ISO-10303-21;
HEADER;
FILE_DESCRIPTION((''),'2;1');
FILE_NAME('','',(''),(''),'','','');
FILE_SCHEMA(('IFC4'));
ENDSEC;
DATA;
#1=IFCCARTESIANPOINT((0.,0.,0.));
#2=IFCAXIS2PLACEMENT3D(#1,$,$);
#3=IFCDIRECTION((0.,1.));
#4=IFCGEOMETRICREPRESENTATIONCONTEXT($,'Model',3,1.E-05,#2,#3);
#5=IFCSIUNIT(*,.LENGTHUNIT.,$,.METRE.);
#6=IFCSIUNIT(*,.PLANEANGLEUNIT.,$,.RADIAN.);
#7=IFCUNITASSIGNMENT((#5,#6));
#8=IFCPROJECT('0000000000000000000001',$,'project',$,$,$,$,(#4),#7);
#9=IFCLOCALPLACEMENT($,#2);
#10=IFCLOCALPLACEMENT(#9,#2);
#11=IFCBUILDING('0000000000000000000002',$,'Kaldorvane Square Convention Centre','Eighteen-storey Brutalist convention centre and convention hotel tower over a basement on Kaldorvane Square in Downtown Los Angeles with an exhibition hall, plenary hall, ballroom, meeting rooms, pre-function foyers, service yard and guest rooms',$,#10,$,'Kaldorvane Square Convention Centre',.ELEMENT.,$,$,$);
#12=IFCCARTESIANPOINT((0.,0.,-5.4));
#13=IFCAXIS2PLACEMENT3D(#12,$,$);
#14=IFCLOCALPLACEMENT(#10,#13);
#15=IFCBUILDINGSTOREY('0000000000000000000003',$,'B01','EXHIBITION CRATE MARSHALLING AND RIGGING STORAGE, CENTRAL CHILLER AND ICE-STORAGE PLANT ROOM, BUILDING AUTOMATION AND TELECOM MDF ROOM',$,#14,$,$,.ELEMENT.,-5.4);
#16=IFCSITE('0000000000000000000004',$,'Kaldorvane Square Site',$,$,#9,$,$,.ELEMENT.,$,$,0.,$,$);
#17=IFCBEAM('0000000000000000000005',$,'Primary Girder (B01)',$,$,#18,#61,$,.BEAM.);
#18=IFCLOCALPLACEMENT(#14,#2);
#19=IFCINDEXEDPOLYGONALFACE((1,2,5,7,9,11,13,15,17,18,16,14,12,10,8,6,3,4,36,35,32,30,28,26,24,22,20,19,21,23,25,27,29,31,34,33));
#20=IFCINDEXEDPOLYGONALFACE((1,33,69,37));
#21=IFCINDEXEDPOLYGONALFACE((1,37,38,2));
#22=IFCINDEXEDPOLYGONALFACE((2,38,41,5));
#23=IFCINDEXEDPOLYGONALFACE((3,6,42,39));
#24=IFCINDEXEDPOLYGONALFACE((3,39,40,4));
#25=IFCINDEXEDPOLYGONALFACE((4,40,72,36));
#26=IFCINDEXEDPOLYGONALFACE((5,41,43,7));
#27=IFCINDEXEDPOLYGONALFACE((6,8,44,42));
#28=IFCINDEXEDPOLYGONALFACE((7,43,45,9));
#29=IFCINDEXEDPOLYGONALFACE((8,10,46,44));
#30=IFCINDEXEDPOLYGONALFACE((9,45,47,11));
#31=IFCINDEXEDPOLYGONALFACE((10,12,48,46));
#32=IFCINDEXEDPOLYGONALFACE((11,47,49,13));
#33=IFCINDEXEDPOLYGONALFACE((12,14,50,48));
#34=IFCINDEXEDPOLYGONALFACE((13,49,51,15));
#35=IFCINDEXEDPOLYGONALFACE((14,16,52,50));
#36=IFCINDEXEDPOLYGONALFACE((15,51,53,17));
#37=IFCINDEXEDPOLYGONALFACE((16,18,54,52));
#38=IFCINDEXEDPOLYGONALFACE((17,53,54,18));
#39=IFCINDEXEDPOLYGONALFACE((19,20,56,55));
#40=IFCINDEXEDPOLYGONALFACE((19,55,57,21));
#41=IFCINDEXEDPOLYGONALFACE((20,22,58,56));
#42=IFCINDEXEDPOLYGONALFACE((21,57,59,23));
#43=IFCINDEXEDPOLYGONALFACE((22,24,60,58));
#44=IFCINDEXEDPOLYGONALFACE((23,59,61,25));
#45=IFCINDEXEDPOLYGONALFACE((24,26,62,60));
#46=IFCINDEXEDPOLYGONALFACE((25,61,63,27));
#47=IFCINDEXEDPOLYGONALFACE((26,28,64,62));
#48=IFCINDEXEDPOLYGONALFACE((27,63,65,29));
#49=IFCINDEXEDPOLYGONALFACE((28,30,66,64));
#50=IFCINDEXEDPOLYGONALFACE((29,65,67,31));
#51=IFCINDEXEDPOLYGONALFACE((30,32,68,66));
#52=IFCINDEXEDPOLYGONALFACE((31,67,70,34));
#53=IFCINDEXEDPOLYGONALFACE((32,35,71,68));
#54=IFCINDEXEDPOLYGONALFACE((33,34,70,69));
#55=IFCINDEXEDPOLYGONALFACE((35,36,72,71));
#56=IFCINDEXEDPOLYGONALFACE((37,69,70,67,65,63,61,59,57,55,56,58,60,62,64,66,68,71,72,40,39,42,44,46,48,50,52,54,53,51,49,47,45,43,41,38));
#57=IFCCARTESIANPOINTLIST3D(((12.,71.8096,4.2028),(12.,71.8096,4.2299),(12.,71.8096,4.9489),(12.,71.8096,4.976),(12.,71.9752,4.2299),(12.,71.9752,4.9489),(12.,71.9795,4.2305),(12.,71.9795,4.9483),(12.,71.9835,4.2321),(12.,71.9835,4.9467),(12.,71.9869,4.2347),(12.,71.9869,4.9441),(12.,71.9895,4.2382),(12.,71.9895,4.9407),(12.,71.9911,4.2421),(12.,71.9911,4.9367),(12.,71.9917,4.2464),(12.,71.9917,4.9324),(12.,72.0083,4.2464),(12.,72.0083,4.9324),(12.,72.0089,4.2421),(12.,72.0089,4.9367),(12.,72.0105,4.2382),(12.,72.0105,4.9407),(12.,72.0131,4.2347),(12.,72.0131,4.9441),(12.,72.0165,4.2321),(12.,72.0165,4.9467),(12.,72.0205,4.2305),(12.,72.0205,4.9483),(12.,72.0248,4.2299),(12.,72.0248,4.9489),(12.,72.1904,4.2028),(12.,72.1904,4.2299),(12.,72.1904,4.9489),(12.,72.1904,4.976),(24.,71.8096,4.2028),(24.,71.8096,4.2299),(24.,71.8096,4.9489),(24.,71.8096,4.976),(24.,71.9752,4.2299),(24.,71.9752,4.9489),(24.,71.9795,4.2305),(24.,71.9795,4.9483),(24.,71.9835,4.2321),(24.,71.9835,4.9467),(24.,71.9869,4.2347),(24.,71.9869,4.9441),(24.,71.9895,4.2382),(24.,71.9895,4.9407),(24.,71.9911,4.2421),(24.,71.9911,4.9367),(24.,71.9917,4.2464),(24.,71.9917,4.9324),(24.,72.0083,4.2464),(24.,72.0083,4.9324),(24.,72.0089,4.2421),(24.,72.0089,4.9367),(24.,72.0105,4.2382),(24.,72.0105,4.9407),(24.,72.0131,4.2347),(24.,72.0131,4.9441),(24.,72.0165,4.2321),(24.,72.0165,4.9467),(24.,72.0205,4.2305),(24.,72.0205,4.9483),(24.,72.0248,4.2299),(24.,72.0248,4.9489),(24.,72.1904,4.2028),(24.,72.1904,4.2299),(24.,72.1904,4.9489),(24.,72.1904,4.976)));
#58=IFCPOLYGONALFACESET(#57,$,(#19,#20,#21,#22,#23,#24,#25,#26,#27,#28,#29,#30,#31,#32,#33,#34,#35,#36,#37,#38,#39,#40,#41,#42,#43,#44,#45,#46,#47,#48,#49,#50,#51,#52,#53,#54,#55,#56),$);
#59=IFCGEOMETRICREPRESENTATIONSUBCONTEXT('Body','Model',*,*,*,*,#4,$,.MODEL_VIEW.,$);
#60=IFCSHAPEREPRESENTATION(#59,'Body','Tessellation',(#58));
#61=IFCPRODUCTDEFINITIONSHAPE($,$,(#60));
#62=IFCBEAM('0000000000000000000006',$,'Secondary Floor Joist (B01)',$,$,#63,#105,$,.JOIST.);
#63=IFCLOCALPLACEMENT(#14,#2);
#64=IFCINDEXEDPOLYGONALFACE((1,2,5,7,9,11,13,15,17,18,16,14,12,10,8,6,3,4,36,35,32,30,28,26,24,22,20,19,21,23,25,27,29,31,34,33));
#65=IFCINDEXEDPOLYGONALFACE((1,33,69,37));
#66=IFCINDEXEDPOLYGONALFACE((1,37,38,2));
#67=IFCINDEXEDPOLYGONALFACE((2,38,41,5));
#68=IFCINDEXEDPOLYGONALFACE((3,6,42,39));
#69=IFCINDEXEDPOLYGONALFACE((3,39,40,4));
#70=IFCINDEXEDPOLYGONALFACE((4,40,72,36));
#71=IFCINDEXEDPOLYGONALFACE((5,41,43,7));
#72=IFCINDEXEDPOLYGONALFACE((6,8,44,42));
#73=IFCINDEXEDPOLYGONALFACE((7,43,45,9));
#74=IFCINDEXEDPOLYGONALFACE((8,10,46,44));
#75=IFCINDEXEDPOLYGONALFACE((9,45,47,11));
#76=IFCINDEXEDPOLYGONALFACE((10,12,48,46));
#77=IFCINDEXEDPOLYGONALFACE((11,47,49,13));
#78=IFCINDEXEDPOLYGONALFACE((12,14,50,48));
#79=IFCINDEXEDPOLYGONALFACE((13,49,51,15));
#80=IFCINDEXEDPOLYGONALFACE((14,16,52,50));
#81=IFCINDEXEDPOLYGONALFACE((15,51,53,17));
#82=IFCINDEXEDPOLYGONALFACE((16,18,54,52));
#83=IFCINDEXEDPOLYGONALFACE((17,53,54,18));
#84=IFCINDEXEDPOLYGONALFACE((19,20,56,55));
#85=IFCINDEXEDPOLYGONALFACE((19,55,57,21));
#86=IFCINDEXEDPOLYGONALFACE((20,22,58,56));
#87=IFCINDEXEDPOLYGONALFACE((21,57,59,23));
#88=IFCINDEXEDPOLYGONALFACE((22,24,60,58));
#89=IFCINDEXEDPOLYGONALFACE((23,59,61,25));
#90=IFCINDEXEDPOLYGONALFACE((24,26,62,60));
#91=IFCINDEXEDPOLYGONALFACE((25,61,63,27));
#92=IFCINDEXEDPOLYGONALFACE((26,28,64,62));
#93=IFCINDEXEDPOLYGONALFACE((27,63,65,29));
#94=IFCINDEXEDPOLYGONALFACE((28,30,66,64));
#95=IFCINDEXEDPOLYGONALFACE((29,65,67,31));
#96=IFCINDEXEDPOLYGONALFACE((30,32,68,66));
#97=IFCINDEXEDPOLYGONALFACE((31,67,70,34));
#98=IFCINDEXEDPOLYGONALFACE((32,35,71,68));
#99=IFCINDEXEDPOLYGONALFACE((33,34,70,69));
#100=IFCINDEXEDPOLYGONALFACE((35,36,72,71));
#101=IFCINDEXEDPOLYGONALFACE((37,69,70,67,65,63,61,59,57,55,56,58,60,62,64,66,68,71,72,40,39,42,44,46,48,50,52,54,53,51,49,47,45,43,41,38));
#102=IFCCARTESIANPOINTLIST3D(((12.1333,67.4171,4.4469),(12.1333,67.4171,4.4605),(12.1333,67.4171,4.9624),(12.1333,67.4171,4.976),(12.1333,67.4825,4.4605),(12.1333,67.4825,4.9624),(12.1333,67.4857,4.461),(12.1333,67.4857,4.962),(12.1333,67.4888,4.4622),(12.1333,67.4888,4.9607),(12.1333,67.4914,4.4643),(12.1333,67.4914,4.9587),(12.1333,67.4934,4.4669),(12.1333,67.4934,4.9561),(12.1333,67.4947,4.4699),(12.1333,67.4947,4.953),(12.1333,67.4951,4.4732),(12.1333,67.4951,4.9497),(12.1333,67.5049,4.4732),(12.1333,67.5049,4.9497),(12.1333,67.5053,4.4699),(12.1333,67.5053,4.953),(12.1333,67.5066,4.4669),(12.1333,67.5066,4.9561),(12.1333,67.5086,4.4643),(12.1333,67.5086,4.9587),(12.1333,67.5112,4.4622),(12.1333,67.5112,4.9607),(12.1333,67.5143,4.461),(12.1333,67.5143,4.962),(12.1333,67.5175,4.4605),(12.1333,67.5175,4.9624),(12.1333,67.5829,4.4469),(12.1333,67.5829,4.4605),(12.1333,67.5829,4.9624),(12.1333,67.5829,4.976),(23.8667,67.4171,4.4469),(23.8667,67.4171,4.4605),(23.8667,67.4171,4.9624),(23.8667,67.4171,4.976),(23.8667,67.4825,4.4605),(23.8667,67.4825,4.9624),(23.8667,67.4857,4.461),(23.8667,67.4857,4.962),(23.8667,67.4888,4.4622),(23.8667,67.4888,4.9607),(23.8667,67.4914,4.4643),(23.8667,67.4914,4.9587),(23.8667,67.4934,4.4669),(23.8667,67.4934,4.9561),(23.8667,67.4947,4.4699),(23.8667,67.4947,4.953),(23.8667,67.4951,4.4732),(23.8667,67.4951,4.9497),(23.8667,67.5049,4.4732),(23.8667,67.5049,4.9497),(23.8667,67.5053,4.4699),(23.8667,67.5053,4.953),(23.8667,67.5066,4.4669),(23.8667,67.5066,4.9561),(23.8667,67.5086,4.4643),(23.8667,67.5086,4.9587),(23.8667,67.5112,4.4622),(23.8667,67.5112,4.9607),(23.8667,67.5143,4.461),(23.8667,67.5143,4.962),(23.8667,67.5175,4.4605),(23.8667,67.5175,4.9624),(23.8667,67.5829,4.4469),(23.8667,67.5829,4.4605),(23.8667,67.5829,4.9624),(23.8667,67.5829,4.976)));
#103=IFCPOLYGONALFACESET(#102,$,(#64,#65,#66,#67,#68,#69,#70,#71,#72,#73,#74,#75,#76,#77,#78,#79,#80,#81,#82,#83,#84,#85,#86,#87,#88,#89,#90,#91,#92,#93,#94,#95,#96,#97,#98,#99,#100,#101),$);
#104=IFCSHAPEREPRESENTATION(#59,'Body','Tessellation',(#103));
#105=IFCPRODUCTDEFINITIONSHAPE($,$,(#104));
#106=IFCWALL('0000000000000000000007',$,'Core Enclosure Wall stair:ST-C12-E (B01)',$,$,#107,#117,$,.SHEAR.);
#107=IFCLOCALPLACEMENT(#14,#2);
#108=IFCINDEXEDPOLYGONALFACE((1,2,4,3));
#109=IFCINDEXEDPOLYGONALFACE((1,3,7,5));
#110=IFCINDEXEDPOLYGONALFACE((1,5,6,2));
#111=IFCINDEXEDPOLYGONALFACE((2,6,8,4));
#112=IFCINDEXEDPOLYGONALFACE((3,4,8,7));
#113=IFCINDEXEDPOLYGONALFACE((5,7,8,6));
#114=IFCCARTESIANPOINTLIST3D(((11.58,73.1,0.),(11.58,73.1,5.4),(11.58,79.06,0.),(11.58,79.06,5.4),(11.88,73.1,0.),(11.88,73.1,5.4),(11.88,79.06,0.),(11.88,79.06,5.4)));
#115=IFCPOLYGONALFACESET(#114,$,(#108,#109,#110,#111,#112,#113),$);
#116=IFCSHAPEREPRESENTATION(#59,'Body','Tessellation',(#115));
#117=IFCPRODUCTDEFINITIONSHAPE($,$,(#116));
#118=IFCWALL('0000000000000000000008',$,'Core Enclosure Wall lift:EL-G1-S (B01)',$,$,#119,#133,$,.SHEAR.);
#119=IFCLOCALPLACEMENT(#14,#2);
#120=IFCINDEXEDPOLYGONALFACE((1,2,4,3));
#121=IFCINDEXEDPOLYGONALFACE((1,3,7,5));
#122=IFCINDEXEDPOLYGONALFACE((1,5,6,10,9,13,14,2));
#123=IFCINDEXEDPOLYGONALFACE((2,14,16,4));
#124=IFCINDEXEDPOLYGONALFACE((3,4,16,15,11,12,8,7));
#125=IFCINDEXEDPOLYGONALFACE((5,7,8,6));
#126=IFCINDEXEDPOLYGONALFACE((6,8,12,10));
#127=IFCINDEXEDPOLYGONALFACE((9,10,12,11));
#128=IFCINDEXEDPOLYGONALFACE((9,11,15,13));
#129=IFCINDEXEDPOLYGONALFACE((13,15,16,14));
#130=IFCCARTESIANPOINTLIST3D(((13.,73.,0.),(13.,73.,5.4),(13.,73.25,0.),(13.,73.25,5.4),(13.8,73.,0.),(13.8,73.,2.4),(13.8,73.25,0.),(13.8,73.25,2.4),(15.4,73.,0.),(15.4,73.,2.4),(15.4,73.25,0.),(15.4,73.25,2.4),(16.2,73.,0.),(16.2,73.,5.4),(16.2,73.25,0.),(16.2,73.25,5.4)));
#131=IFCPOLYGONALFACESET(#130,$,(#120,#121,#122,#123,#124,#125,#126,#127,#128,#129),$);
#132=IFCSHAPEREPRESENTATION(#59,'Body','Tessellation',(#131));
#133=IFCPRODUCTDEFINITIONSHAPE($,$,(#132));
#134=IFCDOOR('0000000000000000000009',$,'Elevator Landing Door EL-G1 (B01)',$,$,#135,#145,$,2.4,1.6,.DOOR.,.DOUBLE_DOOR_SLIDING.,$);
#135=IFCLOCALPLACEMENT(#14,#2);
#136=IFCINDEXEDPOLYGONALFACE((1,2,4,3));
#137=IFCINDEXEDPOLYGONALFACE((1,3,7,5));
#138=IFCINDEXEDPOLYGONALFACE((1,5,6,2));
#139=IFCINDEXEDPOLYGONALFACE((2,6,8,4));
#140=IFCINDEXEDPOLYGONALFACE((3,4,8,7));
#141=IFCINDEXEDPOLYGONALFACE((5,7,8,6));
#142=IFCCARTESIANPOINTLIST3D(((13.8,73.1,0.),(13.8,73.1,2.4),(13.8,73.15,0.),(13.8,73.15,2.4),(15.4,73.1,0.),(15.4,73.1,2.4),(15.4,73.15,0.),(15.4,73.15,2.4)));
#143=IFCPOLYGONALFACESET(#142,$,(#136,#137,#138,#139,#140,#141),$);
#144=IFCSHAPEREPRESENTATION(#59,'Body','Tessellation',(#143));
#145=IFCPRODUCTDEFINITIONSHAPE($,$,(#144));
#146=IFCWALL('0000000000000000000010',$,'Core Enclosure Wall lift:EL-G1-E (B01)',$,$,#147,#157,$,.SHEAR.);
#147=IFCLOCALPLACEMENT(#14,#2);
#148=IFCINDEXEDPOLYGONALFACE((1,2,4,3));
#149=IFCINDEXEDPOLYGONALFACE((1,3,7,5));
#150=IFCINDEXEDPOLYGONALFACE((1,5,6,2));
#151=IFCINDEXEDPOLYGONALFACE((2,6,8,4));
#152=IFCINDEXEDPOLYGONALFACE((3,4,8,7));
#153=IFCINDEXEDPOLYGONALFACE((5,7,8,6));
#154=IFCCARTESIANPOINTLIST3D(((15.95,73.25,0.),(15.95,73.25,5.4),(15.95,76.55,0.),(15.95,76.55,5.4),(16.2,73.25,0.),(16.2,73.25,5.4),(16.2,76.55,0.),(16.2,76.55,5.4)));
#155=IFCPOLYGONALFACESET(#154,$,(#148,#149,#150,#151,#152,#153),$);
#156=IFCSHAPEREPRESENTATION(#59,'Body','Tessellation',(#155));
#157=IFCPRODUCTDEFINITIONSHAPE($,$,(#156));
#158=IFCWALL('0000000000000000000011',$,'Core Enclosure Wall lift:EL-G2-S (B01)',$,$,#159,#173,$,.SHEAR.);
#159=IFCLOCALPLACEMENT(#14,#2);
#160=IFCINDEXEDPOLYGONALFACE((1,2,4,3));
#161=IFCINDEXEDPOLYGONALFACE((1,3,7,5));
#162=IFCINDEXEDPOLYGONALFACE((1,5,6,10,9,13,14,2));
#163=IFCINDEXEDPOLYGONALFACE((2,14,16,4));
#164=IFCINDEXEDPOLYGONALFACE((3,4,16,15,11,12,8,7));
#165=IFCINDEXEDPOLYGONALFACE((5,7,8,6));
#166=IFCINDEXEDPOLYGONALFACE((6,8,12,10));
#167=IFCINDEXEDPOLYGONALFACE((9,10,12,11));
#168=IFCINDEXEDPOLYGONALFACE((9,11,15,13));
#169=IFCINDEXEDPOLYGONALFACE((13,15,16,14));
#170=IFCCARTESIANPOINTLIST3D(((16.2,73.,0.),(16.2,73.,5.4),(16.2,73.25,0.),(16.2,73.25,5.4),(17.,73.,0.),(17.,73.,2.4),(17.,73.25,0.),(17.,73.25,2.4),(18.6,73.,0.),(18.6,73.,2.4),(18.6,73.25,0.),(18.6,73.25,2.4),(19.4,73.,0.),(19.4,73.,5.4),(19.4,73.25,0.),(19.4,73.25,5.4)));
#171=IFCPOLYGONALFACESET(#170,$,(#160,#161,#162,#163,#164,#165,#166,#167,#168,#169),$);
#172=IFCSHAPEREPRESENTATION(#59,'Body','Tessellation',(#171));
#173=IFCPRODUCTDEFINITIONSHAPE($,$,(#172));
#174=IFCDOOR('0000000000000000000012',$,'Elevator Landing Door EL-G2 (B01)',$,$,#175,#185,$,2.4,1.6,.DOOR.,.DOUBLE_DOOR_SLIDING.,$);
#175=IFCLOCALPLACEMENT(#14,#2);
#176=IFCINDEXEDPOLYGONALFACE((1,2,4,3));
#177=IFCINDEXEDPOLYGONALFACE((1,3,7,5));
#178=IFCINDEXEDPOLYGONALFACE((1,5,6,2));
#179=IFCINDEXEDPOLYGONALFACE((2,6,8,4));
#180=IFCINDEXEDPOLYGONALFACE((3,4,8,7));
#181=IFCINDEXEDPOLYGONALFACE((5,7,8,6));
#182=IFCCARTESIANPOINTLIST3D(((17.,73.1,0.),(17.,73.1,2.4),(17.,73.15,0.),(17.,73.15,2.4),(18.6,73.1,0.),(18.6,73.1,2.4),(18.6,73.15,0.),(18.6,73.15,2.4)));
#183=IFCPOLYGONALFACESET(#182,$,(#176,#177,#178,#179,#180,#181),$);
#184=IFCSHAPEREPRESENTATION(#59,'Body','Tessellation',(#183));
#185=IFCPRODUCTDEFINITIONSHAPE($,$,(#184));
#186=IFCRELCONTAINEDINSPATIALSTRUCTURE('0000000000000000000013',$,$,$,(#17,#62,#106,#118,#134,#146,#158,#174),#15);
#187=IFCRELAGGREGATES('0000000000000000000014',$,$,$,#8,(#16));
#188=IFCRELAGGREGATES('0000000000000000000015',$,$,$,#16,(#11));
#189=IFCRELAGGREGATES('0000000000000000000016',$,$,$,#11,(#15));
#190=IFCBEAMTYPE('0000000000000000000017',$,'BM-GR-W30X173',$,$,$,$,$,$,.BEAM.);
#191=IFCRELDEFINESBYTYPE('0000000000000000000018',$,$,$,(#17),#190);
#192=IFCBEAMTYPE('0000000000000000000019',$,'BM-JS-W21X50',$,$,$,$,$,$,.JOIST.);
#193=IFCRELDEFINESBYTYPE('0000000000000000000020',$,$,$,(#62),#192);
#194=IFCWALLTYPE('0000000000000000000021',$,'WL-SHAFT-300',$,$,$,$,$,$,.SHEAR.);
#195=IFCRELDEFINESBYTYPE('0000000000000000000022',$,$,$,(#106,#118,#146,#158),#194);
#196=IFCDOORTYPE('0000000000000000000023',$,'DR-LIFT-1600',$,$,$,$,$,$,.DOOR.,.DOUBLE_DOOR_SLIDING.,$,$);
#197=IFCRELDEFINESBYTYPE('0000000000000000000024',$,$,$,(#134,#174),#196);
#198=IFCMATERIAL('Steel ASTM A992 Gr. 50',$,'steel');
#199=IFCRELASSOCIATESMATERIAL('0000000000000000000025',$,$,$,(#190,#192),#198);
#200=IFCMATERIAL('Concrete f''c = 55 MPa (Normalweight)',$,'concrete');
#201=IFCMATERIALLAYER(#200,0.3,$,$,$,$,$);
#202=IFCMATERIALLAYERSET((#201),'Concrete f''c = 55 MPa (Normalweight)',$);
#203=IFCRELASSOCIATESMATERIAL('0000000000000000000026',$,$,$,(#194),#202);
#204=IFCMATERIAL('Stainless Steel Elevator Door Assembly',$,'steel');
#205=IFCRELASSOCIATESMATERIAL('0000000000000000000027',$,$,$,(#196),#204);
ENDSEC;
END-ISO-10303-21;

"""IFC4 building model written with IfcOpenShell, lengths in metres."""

from ifc_helpers import new_model, si_unit, direction, frame, frame_2d, origin, origin_2d, place, context, subcontext, project, spatial, rectangle, i_section, extrude, material, layer, layer_set, material_profile, profile_set, type_object, element, fill, save


model = new_model("IFC4")

# Units and contexts
model_context = context("Model", 3, precision=1e-05, world=origin(), true_north=direction((0.0, 1.0)))
body_context = subcontext(model_context, "Body", "Model", "MODEL_VIEW")
ifc_project = project(units=[si_unit("LENGTHUNIT", "METRE"), si_unit("PLANEANGLEUNIT", "RADIAN")], contexts=[model_context])

# Site, building, storey
site_placement = place(None, origin())
site = spatial("IfcSite", under=ifc_project, at=site_placement, Name="Kaldorvane Square Site", CompositionType="ELEMENT", RefElevation=0.0)
building_placement = place(site_placement, origin())
building = spatial("IfcBuilding", under=site, at=building_placement, Name="Kaldorvane Square Convention Centre", Description="Eighteen-storey Brutalist convention centre and convention hotel tower over a basement on Kaldorvane Square in Downtown Los Angeles with an exhibition hall, plenary hall, ballroom, meeting rooms, pre-function foyers, service yard and guest rooms", LongName="Kaldorvane Square Convention Centre", CompositionType="ELEMENT")
storey_placement = place(building_placement, frame((0.0, 0.0, -5.4)))
storey = spatial("IfcBuildingStorey", under=building, at=storey_placement, Name="B01", Description="EXHIBITION CRATE MARSHALLING AND RIGGING STORAGE, CENTRAL CHILLER AND ICE-STORAGE PLANT ROOM, BUILDING AUTOMATION AND TELECOM MDF ROOM", CompositionType="ELEMENT", Elevation=-5.4)

# Shared definitions
ifc_material_1 = material(Name="Steel ASTM A992 Gr. 50", Category="steel")

# Beams
ifc_material_profile_1 = material_profile(ifc_material_1, i_section(OverallWidth=0.3807, OverallDepth=0.7732, WebThickness=0.0166, FlangeThickness=0.0271, FilletRadius=0.0165, at=origin_2d()), Name="W30X173")
ifc_profile_set_1 = profile_set([ifc_material_profile_1], Name="Steel ASTM A992 Gr. 50")
beam_type_1 = type_object("IfcBeamType", Name="BM-GR-W30X173", PredefinedType="BEAM", material=ifc_profile_set_1)
beam_1_placement = place(storey_placement, frame((12.0, 72.0, 4.5894), z_axis=(1.0, 0.0, 0.0), x_axis=(0.0, 1.0, 0.0)))
element("IfcBeam", 1, at=beam_1_placement, inside=storey, type_object=beam_type_1, Name="Primary Girder (B01)", PredefinedType="BEAM", context=body_context, shape_type="SweptSolid", body=[
    extrude(i_section(OverallWidth=0.3807, OverallDepth=0.7732, WebThickness=0.0166, FlangeThickness=0.0271, FilletRadius=0.0165, at=origin_2d()), origin(), (0.0, 0.0, 1.0), 12.0),
])
ifc_material_profile_2 = material_profile(ifc_material_1, i_section(OverallWidth=0.1659, OverallDepth=0.5291, WebThickness=0.0097, FlangeThickness=0.0136, FilletRadius=0.0127, at=origin_2d()), Name="W21X50")
ifc_profile_set_2 = profile_set([ifc_material_profile_2], Name="Steel ASTM A992 Gr. 50")
beam_type_2 = type_object("IfcBeamType", Name="BM-JS-W21X50", PredefinedType="JOIST", material=ifc_profile_set_2)
beam_2_placement = place(storey_placement, frame((12.1333, 67.5, 4.7115), z_axis=(1.0, 0.0, 0.0), x_axis=(0.0, 1.0, 0.0)))
element("IfcBeam", 2, at=beam_2_placement, inside=storey, type_object=beam_type_2, Name="Secondary Floor Joist (B01)", PredefinedType="JOIST", context=body_context, shape_type="SweptSolid", body=[
    extrude(i_section(OverallWidth=0.1659, OverallDepth=0.5291, WebThickness=0.0097, FlangeThickness=0.0136, FilletRadius=0.0127, at=origin_2d()), origin(), (0.0, 0.0, 1.0), 11.7334),
])

# Wall
ifc_material_2 = material(Name="Concrete f'c = 55 MPa (Normalweight)", Category="concrete")
ifc_layer = layer(ifc_material_2, 0.3)
ifc_layer_set = layer_set([ifc_layer], Name="Concrete f'c = 55 MPa (Normalweight)")
wall_type = type_object("IfcWallType", Name="WL-SHAFT-300", PredefinedType="SHEAR", material=ifc_layer_set)
wall_1_placement = place(storey_placement, frame((11.73, 73.1, 0.0), z_axis=(0.0, 0.0, 1.0), x_axis=(0.0, 1.0, 0.0)))
element("IfcWall", 3, at=wall_1_placement, inside=storey, type_object=wall_type, Name="Core Enclosure Wall stair:ST-C12-E (B01)", PredefinedType="SHEAR", context=body_context, shape_type="SweptSolid", body=[
    extrude(rectangle(XDim=5.96, YDim=0.3, at=frame_2d((2.98, 0.0))), origin(), (0.0, 0.0, 1.0), 5.4),
])

# Wall, opening, door
wall_2_placement = place(storey_placement, frame((13.0, 73.125, 0.0), z_axis=(0.0, 0.0, 1.0), x_axis=(1.0, 0.0, 0.0)))
wall_2 = element("IfcWall", 4, at=wall_2_placement, inside=storey, type_object=wall_type, Name="Core Enclosure Wall lift:EL-G1-S (B01)", PredefinedType="SHEAR", context=body_context, shape_type="SweptSolid", body=[
    extrude(rectangle(XDim=3.2, YDim=0.25, at=frame_2d((1.6, 0.0))), origin(), (0.0, 0.0, 1.0), 5.4),
])
opening_1_placement = place(wall_2_placement, frame((0.8, 0.0, 0.0)))
opening_1 = element("IfcOpeningElement", 5, at=opening_1_placement, cuts=wall_2, PredefinedType="OPENING", context=body_context, shape_type="SweptSolid", body=[
    extrude(rectangle(XDim=1.6, YDim=2.4, at=frame_2d((0.8, 1.2))), frame((0.0, 0.14, 0.0), z_axis=(0.0, -1.0, 0.0), x_axis=(1.0, 0.0, 0.0)), (0.0, 0.0, 1.0), 0.28),
])
ifc_material_3 = material(Name="Stainless Steel Elevator Door Assembly", Category="steel")
door_type = type_object("IfcDoorType", Name="DR-LIFT-1600", OperationType="DOUBLE_DOOR_SLIDING", PredefinedType="DOOR", material=ifc_material_3)
door_1_placement = place(opening_1_placement, origin())
door_1 = element("IfcDoor", 6, at=door_1_placement, inside=storey, type_object=door_type, Name="Elevator Landing Door EL-G1 (B01)", OperationType="DOUBLE_DOOR_SLIDING", OverallHeight=2.4, OverallWidth=1.6, PredefinedType="DOOR", context=body_context, shape_type="SweptSolid", body=[
    extrude(rectangle(XDim=1.6, YDim=2.4, at=frame_2d((0.8, 1.2))), frame((0.0, 0.025, 0.0), z_axis=(0.0, -1.0, 0.0), x_axis=(1.0, 0.0, 0.0)), (0.0, 0.0, 1.0), 0.05),
])
fill(opening_1, door_1)

# Wall
wall_3_placement = place(storey_placement, frame((16.075, 73.25, 0.0), z_axis=(0.0, 0.0, 1.0), x_axis=(0.0, 1.0, 0.0)))
element("IfcWall", 7, at=wall_3_placement, inside=storey, type_object=wall_type, Name="Core Enclosure Wall lift:EL-G1-E (B01)", PredefinedType="SHEAR", context=body_context, shape_type="SweptSolid", body=[
    extrude(rectangle(XDim=3.3, YDim=0.25, at=frame_2d((1.65, 0.0))), origin(), (0.0, 0.0, 1.0), 5.4),
])

# Wall, opening, door
wall_4_placement = place(storey_placement, frame((16.2, 73.125, 0.0), z_axis=(0.0, 0.0, 1.0), x_axis=(1.0, 0.0, 0.0)))
wall_4 = element("IfcWall", 8, at=wall_4_placement, inside=storey, type_object=wall_type, Name="Core Enclosure Wall lift:EL-G2-S (B01)", PredefinedType="SHEAR", context=body_context, shape_type="SweptSolid", body=[
    extrude(rectangle(XDim=3.2, YDim=0.25, at=frame_2d((1.6, 0.0))), origin(), (0.0, 0.0, 1.0), 5.4),
])
opening_2_placement = place(wall_4_placement, frame((0.8, 0.0, 0.0)))
opening_2 = element("IfcOpeningElement", 9, at=opening_2_placement, cuts=wall_4, PredefinedType="OPENING", context=body_context, shape_type="SweptSolid", body=[
    extrude(rectangle(XDim=1.6, YDim=2.4, at=frame_2d((0.8, 1.2))), frame((0.0, 0.14, 0.0), z_axis=(0.0, -1.0, 0.0), x_axis=(1.0, 0.0, 0.0)), (0.0, 0.0, 1.0), 0.28),
])
door_2_placement = place(opening_2_placement, origin())
door_2 = element("IfcDoor", 10, at=door_2_placement, inside=storey, type_object=door_type, Name="Elevator Landing Door EL-G2 (B01)", OperationType="DOUBLE_DOOR_SLIDING", OverallHeight=2.4, OverallWidth=1.6, PredefinedType="DOOR", context=body_context, shape_type="SweptSolid", body=[
    extrude(rectangle(XDim=1.6, YDim=2.4, at=frame_2d((0.8, 1.2))), frame((0.0, 0.025, 0.0), z_axis=(0.0, -1.0, 0.0), x_axis=(1.0, 0.0, 0.0)), (0.0, 0.0, 1.0), 0.05),
])
fill(opening_2, door_2)

save(model, "model.ifc")
